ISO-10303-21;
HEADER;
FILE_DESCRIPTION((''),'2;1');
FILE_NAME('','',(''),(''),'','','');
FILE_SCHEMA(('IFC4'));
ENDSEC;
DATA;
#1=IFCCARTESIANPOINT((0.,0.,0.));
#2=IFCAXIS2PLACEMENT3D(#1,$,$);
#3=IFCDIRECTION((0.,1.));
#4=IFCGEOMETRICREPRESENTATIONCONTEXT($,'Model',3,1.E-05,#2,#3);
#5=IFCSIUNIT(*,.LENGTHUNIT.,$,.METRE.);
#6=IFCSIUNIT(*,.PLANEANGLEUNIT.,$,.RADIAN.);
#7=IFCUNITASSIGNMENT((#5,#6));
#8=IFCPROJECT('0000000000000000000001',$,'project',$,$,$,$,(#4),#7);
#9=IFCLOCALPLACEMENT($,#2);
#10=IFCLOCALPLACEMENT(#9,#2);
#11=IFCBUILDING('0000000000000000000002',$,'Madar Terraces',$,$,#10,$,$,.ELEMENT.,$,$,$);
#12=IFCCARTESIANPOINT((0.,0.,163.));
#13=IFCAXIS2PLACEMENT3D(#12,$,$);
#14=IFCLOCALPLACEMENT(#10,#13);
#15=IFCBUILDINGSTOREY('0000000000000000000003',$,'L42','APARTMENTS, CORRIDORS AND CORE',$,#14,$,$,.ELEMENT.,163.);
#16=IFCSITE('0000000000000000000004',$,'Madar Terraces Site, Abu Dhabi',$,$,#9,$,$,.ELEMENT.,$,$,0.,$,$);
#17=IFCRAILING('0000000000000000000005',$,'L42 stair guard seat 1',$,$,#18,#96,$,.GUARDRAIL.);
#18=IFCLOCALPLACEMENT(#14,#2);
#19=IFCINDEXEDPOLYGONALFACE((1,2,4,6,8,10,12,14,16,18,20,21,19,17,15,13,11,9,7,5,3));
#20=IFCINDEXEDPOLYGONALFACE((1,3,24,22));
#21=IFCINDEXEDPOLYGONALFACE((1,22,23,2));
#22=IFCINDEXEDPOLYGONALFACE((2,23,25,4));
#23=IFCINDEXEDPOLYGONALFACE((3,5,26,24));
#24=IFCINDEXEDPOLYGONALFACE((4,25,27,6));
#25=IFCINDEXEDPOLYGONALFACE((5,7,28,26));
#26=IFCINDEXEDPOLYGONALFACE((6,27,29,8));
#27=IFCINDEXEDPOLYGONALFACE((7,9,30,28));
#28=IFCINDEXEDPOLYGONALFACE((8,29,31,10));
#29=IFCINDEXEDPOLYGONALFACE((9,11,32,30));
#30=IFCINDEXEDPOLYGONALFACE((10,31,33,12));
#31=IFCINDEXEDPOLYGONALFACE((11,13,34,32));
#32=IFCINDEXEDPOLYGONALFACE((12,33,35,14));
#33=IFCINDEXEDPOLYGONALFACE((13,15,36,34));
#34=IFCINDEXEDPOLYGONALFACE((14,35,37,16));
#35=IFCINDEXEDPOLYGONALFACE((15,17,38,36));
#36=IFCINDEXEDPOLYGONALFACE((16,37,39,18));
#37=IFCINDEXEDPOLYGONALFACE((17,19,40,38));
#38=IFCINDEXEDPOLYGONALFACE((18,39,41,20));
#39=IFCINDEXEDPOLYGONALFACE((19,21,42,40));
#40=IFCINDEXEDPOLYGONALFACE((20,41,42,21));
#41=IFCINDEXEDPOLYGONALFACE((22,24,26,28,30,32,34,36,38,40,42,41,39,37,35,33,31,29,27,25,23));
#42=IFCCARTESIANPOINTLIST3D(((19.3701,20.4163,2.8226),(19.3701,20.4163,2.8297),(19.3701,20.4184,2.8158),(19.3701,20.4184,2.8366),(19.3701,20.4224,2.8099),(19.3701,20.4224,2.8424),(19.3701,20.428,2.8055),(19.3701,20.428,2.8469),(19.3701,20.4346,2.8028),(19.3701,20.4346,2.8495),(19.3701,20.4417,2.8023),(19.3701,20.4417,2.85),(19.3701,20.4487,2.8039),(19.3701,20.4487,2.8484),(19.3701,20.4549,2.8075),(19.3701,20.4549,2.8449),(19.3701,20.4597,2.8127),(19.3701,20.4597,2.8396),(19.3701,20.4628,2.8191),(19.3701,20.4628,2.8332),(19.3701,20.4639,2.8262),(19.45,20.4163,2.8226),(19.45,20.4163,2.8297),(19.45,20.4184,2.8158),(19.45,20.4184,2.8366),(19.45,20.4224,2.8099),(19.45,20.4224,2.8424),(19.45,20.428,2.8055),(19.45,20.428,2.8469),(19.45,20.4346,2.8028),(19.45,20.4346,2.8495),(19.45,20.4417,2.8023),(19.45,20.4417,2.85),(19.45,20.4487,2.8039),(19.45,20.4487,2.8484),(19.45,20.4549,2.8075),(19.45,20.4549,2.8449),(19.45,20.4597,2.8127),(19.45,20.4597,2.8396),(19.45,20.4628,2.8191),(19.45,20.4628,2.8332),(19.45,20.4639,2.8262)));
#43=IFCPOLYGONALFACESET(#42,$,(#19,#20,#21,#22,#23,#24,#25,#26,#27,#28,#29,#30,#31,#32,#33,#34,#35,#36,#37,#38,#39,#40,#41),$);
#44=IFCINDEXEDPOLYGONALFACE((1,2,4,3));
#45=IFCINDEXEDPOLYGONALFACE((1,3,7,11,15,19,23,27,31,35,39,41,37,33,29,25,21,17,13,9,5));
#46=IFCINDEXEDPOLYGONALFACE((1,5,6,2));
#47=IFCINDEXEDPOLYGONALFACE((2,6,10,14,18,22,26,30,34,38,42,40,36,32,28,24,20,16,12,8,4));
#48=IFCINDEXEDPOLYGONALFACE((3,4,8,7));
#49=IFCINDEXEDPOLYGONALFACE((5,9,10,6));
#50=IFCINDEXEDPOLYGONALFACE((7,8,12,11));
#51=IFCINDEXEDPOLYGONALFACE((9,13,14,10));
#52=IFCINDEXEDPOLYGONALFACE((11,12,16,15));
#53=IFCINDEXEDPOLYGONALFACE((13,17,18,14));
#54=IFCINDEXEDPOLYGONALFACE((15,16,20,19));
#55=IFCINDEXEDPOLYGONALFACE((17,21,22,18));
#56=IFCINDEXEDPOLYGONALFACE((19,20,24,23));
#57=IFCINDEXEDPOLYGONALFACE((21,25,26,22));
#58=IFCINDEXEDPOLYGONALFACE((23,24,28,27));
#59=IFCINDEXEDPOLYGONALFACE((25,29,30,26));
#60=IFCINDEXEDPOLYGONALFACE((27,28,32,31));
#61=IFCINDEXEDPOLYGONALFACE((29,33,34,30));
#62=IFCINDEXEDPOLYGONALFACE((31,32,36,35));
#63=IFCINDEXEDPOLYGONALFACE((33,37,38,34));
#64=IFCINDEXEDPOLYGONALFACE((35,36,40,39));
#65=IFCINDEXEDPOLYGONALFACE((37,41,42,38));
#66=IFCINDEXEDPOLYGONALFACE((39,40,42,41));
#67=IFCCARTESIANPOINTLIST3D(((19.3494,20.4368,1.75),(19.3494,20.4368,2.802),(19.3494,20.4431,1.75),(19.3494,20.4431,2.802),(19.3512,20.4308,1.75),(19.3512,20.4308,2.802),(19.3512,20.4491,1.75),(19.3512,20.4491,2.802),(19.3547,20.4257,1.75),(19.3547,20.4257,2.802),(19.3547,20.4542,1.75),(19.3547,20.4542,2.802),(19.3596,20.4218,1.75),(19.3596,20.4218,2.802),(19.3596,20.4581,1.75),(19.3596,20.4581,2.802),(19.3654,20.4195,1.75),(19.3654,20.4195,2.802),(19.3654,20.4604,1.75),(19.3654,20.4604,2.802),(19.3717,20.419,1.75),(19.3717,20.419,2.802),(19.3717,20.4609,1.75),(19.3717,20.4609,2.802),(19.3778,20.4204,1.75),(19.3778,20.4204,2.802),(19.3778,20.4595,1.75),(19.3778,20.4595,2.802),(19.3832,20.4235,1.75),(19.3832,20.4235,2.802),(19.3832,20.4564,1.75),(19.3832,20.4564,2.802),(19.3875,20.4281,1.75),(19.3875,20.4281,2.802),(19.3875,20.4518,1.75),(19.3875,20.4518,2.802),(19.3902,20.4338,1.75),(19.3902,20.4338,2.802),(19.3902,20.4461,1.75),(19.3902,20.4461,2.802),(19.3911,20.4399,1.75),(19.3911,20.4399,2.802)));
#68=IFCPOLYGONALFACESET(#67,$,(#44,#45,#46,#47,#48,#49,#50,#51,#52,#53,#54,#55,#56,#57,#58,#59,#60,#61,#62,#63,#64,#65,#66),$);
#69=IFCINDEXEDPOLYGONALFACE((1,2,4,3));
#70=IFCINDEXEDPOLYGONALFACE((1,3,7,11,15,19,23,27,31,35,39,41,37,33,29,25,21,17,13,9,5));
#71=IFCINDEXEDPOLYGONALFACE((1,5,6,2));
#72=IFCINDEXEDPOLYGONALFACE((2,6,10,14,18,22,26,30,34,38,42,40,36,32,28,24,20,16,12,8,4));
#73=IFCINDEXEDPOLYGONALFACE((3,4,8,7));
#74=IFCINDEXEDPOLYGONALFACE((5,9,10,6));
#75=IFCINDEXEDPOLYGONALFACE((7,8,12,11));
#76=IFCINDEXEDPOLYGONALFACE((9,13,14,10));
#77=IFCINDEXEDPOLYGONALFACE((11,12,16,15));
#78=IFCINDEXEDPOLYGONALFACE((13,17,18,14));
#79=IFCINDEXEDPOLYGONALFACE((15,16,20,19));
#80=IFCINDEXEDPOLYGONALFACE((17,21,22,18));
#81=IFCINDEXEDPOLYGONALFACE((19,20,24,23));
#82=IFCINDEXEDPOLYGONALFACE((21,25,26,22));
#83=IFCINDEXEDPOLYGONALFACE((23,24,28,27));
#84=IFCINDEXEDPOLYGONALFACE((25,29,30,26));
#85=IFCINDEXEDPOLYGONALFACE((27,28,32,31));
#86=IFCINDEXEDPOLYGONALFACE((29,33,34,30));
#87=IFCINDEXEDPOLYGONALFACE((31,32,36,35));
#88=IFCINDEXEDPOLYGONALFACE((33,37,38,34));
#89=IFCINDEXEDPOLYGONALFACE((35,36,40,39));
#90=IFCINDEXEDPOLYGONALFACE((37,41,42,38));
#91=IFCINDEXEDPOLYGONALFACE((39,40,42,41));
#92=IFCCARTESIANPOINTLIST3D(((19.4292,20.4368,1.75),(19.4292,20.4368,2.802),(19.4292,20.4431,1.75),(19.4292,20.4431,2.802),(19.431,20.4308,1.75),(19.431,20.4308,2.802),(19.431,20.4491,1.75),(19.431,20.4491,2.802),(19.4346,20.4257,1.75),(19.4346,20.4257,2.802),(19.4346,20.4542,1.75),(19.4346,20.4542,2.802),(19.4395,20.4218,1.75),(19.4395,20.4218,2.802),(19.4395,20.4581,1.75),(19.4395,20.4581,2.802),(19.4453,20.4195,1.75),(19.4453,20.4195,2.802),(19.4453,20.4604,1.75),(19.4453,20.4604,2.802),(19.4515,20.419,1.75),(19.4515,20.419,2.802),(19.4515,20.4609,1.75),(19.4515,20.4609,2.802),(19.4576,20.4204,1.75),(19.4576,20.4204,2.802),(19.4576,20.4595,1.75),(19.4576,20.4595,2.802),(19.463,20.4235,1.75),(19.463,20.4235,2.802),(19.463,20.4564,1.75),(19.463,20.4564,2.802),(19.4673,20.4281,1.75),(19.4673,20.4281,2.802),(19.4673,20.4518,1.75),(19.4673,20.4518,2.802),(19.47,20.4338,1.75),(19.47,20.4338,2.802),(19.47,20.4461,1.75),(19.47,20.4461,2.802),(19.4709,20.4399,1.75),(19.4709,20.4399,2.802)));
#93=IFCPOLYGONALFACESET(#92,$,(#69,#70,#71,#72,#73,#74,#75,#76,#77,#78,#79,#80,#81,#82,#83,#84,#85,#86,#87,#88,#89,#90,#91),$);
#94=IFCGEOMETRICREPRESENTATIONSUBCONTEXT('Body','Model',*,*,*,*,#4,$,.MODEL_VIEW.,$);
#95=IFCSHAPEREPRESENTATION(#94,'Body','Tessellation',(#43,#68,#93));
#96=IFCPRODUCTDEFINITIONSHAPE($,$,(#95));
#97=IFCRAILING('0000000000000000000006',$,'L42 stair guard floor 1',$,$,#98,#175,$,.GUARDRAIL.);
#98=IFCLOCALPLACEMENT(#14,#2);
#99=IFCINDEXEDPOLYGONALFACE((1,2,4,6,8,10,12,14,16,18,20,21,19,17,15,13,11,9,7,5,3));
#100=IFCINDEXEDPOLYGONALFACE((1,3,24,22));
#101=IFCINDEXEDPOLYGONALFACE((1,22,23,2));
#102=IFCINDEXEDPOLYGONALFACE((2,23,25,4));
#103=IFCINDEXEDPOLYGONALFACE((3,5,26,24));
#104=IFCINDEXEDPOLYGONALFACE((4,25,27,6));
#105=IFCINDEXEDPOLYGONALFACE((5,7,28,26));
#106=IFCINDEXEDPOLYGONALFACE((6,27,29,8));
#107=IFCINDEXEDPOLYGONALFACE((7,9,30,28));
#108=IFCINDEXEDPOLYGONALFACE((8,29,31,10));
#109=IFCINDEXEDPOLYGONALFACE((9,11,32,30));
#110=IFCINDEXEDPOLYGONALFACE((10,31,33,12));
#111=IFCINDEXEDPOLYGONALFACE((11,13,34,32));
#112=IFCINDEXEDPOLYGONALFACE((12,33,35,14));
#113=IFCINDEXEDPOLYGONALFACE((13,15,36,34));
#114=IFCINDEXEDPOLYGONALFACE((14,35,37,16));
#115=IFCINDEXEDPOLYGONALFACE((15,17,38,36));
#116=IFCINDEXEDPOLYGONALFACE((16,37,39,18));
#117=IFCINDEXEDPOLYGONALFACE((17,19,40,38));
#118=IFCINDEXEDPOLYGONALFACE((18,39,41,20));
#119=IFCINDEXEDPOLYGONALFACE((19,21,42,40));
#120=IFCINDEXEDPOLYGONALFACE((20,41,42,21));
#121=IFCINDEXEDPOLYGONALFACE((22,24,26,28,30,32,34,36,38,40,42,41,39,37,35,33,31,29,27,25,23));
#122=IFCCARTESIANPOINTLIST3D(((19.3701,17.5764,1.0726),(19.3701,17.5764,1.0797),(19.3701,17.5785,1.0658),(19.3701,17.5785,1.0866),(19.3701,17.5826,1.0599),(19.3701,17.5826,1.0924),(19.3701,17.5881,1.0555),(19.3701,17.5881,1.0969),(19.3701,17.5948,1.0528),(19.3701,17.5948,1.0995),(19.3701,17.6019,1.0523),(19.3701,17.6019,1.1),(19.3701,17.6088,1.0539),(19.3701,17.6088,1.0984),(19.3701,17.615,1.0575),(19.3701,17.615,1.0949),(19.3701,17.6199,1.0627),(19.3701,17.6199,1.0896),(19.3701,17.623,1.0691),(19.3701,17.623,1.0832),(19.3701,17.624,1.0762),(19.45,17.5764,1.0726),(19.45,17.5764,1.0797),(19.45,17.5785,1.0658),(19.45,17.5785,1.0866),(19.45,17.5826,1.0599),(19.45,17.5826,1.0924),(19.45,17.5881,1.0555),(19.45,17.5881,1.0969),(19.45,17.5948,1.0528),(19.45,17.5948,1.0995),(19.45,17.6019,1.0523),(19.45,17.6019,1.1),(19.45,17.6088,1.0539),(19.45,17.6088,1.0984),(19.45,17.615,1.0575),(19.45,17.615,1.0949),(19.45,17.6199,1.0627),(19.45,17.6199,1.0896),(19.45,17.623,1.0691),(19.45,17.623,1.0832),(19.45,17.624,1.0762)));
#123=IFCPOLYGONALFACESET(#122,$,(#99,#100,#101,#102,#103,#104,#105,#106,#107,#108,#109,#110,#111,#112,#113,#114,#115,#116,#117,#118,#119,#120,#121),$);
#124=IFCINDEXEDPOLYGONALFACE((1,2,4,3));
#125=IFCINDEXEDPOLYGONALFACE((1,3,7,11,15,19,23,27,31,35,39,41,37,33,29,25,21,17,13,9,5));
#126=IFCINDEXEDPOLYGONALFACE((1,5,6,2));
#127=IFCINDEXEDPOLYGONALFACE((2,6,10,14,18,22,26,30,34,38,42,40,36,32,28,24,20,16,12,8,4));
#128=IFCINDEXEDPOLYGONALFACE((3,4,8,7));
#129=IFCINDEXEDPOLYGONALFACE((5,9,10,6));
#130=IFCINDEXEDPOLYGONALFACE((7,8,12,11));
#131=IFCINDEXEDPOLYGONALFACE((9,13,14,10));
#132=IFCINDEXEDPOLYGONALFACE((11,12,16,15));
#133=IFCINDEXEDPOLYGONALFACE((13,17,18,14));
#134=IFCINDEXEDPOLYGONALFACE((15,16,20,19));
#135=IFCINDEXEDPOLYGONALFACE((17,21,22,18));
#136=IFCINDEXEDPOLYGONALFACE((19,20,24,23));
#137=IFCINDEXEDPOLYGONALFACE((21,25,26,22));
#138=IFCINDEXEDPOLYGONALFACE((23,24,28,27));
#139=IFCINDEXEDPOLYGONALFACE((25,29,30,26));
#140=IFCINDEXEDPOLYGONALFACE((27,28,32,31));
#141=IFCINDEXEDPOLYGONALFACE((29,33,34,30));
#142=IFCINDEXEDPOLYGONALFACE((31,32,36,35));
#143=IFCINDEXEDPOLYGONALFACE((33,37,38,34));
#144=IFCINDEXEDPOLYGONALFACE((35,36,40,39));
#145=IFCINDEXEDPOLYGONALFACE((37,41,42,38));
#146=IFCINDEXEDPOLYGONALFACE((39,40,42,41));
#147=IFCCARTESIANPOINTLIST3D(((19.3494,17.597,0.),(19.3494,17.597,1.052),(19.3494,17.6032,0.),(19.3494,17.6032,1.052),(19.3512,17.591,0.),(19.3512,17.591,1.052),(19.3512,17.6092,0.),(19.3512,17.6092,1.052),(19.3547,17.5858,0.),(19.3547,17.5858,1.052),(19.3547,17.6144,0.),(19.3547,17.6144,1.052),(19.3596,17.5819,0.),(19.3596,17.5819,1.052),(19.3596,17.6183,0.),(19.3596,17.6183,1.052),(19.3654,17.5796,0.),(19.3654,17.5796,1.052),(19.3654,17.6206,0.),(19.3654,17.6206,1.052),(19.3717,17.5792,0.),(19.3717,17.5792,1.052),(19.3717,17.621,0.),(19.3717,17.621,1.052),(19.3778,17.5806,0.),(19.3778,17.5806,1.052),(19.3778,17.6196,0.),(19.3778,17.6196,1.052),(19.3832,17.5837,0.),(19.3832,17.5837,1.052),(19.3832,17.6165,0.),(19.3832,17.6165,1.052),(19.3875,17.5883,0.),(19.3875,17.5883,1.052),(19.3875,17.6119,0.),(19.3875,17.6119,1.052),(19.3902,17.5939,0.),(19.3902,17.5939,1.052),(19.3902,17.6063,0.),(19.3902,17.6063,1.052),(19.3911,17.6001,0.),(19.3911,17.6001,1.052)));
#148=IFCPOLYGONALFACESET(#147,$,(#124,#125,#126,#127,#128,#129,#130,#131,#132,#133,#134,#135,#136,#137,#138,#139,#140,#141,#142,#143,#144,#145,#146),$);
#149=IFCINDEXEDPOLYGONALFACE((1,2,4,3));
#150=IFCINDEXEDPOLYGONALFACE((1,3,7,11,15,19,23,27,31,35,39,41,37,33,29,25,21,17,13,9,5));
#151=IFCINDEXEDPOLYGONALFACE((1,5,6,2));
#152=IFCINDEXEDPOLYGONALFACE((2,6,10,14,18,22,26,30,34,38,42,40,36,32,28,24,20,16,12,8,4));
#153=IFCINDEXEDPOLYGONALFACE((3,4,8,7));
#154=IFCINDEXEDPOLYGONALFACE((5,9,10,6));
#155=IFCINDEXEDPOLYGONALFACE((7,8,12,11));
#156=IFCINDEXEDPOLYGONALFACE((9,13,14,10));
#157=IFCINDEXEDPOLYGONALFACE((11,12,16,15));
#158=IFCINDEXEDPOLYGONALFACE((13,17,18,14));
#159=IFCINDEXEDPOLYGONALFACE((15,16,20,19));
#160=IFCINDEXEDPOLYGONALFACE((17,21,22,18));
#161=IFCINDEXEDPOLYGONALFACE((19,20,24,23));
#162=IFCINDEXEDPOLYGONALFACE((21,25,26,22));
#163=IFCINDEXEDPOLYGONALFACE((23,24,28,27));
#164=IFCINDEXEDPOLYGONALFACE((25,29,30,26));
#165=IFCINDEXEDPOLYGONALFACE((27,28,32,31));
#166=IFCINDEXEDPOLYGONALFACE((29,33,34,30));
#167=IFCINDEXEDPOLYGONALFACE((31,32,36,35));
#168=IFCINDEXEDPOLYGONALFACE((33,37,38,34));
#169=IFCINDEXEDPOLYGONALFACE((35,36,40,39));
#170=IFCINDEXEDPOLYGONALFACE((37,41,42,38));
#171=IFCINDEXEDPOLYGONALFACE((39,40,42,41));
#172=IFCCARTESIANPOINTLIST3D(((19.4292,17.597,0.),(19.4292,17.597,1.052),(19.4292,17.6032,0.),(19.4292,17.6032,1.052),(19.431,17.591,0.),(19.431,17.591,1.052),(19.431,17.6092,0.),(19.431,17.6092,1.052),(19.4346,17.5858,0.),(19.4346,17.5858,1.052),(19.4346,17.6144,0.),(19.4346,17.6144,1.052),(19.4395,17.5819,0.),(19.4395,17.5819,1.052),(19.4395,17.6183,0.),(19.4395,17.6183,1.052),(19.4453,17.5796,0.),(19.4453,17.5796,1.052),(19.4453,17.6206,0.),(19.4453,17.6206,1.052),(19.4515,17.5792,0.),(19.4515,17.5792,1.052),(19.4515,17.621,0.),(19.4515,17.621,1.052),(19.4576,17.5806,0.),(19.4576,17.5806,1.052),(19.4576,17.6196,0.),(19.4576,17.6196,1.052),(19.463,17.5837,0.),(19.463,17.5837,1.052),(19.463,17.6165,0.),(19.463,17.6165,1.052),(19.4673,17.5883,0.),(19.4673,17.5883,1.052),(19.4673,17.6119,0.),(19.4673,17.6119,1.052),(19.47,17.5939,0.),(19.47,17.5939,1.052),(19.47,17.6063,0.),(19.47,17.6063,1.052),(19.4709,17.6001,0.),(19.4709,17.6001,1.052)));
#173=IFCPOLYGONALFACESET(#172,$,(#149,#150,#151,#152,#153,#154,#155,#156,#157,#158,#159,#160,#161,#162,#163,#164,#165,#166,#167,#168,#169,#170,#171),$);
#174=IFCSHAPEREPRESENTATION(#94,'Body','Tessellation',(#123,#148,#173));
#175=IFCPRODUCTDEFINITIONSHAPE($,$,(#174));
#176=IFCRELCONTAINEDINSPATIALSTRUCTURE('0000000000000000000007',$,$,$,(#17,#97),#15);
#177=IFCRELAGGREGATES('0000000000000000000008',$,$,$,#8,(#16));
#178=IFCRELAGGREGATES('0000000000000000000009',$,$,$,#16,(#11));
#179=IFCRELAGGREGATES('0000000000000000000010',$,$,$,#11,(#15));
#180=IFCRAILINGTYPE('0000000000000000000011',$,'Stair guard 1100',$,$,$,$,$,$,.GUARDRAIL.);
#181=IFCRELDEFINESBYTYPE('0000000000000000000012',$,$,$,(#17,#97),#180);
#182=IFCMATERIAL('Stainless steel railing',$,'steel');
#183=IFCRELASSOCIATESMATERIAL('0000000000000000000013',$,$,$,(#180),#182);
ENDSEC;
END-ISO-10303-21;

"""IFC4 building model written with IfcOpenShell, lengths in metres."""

from ifc_helpers import new_model, si_unit, direction, frame, origin, origin_2d, place, context, subcontext, project, spatial, circle, extrude, material, type_object, element, save


model = new_model("IFC4")

# Units and contexts
model_context = context("Model", 3, precision=1e-05, world=origin(), true_north=direction((0.0, 1.0)))
body_context = subcontext(model_context, "Body", "Model", "MODEL_VIEW")
ifc_project = project(units=[si_unit("LENGTHUNIT", "METRE"), si_unit("PLANEANGLEUNIT", "RADIAN")], contexts=[model_context])

# Site, building, storey
site_placement = place(None, origin())
site = spatial("IfcSite", under=ifc_project, at=site_placement, Name="Madar Terraces Site, Abu Dhabi", CompositionType="ELEMENT", RefElevation=0.0)
building_placement = place(site_placement, origin())
building = spatial("IfcBuilding", under=site, at=building_placement, Name="Madar Terraces", CompositionType="ELEMENT")
storey_placement = place(building_placement, frame((0.0, 0.0, 163.0)))
storey = spatial("IfcBuildingStorey", under=building, at=storey_placement, Name="L42", Description="APARTMENTS, CORRIDORS AND CORE", CompositionType="ELEMENT", Elevation=163.0)

# Railings
ifc_material_1 = material(Name="Stainless steel railing", Category="steel")
railing_type_1 = type_object("IfcRailingType", Name="Stair guard 1100", PredefinedType="GUARDRAIL", material=ifc_material_1)
for number, where, name in (
    (1, (19.3701, 20.4399, 1.75), "L42 stair guard seat 1"),
    (2, (19.3701, 17.6001, 0.0), "L42 stair guard floor 1"),
):
    element("IfcRailing", number, at=place(storey_placement, frame(where)), inside=storey, type_object=railing_type_1, Name=name, PredefinedType="GUARDRAIL", context=body_context, shape_type="SweptSolid", body=[
        extrude(circle(Radius=0.0239, at=origin_2d()), frame((0.0, 0.0, 1.0762), z_axis=(1.0, 0.0, 0.0), x_axis=(0.0, 1.0, 0.0)), (0.0, 0.0, 1.0), 0.0798),
        extrude(circle(Radius=0.021, at=origin_2d()), origin(), (0.0, 0.0, 1.0), 1.052),
        extrude(circle(Radius=0.021, at=origin_2d()), frame((0.0798, 0.0, 0.0)), (0.0, 0.0, 1.0), 1.052),
    ])

save(model, "model.ifc")
